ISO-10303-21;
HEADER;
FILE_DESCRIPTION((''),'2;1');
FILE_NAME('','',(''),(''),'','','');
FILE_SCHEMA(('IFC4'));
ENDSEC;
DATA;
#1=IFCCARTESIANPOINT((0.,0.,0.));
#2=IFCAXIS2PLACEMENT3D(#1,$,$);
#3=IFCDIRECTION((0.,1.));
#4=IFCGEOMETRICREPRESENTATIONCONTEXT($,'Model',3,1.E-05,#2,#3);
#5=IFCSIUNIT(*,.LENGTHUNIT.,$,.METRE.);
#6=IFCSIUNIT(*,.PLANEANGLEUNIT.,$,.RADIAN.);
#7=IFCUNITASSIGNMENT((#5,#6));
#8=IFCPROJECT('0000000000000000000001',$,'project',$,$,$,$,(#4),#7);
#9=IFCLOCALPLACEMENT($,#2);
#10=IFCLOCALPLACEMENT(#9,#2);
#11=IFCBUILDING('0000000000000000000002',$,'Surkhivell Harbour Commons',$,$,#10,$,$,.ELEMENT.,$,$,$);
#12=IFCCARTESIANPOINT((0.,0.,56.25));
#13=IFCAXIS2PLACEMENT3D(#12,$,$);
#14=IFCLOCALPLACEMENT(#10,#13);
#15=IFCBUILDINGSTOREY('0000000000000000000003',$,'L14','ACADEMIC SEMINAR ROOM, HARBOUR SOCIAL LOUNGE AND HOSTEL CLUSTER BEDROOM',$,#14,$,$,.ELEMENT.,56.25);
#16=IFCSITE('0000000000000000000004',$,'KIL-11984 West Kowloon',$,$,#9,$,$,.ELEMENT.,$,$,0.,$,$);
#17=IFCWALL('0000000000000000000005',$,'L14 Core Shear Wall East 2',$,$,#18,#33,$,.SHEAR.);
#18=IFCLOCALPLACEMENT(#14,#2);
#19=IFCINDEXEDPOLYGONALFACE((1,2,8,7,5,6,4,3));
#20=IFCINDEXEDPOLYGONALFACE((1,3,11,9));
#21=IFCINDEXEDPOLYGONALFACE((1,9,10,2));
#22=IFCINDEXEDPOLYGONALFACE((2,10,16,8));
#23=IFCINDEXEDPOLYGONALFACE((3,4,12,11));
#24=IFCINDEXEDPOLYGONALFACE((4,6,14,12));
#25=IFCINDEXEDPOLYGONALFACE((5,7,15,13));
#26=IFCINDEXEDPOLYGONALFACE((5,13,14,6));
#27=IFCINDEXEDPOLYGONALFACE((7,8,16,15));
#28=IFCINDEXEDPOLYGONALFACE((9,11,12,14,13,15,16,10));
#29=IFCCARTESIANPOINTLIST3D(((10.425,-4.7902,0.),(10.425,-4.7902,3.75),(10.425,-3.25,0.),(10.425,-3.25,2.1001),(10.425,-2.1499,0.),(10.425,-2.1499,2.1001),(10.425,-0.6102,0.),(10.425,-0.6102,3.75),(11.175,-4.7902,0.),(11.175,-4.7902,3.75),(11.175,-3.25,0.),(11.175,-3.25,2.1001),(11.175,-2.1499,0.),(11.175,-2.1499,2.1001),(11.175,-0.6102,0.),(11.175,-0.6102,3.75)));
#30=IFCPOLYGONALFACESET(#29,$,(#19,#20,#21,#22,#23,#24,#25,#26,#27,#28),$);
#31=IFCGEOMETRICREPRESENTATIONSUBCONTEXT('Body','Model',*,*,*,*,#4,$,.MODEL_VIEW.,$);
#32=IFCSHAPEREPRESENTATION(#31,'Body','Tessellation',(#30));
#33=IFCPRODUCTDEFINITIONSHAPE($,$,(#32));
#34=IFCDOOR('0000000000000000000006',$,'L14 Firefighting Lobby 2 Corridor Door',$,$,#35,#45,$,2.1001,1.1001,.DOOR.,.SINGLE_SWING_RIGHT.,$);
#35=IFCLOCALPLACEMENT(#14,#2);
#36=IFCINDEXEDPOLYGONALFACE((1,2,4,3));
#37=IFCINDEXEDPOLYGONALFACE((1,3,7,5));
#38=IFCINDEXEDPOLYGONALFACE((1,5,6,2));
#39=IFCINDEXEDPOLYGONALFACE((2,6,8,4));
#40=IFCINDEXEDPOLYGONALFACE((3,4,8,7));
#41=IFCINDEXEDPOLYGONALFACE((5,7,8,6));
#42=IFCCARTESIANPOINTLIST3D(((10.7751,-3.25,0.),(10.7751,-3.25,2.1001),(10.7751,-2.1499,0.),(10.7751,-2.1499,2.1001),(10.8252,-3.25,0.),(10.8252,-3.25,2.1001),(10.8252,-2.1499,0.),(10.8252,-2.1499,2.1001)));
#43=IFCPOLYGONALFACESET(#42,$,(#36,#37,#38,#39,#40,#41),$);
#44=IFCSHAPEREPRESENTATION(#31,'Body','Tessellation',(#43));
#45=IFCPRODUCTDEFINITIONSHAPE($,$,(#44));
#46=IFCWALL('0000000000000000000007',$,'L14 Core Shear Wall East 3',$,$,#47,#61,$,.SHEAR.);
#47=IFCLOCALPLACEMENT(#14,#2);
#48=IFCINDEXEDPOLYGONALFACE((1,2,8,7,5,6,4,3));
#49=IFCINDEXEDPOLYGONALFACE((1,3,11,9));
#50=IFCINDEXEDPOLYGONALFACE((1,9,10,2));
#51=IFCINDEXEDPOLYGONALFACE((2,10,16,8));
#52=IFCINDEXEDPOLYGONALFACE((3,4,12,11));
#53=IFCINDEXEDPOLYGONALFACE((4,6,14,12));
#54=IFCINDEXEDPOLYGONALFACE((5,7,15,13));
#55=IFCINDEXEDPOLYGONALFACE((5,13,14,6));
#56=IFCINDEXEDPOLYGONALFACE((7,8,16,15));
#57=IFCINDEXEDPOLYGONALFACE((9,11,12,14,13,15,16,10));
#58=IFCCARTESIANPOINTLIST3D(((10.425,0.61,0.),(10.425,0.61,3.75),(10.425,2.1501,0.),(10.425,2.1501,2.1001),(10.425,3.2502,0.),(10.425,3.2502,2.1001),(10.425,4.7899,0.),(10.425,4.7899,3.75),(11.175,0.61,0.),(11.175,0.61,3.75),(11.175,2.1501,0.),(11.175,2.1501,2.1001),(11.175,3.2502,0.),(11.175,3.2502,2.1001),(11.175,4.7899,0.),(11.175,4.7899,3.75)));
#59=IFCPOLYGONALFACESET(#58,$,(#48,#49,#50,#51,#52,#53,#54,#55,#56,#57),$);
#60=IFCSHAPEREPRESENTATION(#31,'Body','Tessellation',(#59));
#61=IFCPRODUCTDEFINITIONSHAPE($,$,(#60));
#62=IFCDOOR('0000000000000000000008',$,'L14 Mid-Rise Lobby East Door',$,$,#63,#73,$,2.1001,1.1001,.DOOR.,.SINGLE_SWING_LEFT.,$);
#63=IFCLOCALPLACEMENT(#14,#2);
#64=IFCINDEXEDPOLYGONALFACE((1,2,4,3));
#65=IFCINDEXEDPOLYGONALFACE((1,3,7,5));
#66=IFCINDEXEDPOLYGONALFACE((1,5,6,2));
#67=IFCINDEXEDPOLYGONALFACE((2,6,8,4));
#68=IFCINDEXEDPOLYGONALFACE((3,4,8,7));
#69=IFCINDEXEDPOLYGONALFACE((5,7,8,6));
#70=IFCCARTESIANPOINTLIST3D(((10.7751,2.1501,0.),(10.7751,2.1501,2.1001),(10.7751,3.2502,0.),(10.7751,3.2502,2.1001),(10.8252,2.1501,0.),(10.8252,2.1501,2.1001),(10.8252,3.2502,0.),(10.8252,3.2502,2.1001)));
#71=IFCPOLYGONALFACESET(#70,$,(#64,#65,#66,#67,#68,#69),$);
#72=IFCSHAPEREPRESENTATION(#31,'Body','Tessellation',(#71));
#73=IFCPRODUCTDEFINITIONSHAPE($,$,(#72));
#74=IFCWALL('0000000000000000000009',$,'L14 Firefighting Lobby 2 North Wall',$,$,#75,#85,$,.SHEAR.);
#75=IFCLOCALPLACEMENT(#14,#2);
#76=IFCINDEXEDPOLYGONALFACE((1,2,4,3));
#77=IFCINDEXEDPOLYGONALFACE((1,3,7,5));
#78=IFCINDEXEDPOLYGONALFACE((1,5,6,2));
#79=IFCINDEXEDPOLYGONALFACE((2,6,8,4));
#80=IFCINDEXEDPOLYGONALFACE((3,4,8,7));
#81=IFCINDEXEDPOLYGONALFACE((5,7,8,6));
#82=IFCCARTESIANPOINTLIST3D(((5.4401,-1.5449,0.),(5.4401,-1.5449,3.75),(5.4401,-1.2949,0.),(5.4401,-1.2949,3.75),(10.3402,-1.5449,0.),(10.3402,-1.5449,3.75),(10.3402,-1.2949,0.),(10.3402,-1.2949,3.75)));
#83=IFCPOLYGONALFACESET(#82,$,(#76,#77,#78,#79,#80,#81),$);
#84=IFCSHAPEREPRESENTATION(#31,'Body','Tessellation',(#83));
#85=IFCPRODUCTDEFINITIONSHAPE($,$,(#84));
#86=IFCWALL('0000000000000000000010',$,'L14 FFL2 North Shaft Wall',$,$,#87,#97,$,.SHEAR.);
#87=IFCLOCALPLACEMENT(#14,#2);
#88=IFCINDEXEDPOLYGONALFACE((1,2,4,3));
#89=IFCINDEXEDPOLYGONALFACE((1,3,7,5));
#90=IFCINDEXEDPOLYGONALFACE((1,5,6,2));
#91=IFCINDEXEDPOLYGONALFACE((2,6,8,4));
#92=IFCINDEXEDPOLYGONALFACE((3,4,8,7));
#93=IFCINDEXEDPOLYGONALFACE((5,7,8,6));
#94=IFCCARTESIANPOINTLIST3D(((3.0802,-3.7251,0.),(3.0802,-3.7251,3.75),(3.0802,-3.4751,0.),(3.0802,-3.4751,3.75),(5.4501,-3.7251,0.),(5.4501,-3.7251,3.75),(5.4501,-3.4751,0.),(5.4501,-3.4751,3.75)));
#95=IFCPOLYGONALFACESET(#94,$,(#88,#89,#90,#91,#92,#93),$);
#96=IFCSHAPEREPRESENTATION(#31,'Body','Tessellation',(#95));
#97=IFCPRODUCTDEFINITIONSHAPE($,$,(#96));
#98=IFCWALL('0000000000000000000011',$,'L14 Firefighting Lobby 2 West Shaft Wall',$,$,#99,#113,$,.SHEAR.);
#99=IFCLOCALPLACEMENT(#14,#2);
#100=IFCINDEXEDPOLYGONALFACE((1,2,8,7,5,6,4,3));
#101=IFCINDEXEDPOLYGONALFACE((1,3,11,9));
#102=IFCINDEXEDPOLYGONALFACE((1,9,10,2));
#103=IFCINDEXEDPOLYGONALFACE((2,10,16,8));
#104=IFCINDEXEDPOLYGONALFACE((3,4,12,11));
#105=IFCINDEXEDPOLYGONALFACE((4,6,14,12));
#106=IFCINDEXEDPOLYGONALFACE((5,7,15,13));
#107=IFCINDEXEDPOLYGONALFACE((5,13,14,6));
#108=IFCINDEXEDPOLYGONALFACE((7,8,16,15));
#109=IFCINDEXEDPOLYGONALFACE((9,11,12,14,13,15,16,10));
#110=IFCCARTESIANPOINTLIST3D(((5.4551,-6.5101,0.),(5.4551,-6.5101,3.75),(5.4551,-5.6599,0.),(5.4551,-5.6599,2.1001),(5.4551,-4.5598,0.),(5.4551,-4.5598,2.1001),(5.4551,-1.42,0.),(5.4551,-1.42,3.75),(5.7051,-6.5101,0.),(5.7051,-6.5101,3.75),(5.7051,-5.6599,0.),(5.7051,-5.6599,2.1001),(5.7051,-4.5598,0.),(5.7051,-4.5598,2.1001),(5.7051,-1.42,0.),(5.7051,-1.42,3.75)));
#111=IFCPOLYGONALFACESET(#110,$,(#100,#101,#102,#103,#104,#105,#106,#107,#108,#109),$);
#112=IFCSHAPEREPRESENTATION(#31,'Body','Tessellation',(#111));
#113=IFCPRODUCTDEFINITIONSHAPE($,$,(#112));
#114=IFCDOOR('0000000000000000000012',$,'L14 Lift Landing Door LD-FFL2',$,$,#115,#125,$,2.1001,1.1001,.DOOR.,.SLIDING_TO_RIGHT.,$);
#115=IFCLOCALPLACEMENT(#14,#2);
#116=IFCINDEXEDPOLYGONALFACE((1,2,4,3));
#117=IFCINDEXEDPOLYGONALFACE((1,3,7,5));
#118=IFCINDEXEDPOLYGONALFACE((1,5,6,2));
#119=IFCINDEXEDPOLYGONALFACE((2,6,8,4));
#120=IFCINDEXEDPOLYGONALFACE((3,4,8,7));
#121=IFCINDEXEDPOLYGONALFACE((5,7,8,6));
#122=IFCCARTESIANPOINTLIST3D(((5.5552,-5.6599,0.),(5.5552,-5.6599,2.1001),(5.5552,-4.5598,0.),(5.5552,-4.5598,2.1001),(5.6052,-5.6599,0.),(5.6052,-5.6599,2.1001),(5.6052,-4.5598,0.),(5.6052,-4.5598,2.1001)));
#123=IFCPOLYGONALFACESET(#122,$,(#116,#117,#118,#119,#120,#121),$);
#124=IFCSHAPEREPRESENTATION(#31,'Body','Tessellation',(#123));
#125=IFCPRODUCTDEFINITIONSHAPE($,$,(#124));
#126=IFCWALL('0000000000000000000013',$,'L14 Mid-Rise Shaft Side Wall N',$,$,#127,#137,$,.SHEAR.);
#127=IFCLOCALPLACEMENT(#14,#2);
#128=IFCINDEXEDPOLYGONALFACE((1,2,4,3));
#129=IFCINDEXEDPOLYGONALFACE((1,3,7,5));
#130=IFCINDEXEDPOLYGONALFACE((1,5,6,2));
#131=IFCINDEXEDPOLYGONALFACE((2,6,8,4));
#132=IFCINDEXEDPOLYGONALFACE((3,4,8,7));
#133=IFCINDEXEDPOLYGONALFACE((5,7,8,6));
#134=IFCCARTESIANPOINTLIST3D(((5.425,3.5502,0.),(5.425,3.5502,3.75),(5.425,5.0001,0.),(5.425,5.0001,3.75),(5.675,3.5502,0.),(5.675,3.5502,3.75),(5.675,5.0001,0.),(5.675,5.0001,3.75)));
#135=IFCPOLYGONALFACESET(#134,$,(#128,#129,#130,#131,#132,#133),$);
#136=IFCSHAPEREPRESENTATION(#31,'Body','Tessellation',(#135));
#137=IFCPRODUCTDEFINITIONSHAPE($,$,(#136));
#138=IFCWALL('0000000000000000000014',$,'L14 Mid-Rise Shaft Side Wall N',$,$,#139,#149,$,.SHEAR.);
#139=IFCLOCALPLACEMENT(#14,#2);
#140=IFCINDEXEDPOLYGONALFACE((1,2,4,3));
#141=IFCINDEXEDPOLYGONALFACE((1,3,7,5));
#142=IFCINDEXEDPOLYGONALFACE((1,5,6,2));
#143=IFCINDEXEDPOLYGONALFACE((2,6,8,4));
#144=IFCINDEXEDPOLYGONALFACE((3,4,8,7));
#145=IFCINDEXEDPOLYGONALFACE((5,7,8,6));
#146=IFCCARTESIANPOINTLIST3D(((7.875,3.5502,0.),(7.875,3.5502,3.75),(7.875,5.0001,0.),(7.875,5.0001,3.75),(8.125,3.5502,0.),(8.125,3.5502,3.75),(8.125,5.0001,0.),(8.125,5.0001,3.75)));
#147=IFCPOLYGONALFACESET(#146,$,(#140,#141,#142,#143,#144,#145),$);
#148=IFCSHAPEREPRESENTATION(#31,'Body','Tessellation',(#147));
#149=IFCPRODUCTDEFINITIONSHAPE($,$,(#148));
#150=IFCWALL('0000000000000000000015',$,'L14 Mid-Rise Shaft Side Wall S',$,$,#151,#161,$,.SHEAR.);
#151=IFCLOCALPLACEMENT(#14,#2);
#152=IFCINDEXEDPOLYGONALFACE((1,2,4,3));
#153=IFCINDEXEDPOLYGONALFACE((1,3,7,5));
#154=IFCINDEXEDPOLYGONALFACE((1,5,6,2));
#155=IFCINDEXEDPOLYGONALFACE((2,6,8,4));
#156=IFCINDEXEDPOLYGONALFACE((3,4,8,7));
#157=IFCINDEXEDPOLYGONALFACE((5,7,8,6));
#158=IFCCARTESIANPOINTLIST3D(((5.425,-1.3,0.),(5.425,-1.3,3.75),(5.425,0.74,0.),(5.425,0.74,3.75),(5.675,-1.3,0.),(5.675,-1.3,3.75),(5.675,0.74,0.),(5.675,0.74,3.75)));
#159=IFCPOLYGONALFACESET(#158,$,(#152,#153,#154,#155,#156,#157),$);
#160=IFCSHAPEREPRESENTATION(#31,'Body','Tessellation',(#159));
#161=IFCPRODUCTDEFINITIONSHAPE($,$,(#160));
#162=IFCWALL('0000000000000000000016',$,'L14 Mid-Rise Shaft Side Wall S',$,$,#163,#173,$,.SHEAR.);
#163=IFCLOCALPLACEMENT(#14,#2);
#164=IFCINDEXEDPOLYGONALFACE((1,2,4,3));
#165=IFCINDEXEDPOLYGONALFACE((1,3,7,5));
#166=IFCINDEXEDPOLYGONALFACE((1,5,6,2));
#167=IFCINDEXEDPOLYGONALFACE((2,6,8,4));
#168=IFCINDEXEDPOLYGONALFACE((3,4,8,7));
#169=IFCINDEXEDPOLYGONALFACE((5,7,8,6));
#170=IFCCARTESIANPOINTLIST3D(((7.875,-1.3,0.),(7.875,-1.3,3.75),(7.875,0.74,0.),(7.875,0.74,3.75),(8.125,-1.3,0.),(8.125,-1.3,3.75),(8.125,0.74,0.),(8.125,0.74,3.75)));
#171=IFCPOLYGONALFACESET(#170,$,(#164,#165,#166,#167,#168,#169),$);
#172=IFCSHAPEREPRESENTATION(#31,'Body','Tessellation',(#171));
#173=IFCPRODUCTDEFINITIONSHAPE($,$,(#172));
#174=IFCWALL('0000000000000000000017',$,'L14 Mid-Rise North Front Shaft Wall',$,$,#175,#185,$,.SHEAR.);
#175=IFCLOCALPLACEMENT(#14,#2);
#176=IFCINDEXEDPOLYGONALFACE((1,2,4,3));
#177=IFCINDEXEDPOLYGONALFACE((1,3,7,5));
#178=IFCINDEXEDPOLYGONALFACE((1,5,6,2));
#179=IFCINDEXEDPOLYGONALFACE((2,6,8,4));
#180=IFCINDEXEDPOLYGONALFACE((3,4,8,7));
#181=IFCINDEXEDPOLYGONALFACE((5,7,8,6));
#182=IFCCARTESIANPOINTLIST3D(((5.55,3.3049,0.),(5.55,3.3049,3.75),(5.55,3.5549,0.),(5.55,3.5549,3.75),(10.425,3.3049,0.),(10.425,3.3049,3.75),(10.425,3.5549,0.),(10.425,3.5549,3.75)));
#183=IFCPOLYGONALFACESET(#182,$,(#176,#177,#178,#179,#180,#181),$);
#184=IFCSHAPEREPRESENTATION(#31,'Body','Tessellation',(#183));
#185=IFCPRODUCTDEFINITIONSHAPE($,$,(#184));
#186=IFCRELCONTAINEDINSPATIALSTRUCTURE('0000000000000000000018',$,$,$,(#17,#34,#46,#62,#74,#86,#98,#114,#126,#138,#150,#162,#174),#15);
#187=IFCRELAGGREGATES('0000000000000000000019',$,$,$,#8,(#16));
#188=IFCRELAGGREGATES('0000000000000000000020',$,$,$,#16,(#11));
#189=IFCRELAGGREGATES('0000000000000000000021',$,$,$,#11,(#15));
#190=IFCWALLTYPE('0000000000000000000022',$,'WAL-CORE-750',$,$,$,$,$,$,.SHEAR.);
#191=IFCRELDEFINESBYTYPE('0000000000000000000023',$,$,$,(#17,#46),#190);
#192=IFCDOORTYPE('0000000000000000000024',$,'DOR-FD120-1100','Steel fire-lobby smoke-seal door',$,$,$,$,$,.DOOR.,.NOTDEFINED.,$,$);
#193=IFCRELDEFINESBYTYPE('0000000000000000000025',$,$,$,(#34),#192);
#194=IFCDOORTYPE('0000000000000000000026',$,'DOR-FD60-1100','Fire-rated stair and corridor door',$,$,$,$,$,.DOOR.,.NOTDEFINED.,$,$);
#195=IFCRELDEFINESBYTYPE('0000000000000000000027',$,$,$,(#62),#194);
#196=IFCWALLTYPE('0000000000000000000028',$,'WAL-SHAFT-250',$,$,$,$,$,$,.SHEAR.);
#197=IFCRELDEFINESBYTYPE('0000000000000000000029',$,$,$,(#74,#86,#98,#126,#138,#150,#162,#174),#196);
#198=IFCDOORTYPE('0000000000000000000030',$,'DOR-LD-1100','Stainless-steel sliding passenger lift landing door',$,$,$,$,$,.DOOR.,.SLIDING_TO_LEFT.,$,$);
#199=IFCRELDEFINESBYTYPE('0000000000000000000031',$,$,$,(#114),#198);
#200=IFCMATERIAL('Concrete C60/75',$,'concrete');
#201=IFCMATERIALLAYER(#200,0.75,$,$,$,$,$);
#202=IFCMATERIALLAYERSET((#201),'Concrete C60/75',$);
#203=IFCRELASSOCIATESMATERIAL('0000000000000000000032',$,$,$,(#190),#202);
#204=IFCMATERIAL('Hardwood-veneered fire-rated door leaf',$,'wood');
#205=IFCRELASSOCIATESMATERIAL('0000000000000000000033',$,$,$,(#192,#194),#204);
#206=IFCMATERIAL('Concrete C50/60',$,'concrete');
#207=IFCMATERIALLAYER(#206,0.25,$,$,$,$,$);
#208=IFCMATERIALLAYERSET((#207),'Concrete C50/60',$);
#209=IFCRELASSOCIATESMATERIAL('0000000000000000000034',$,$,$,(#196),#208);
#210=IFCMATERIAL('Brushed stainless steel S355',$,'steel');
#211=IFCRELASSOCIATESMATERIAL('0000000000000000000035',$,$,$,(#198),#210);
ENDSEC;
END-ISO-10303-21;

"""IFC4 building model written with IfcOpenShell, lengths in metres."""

from ifc_helpers import new_model, si_unit, direction, frame, frame_2d, origin, place, context, subcontext, project, spatial, rectangle, extrude, material, layer, layer_set, type_object, element, fill, save


model = new_model("IFC4")

# Units and contexts
model_context = context("Model", 3, precision=1e-05, world=origin(), true_north=direction((0.0, 1.0)))
body_context = subcontext(model_context, "Body", "Model", "MODEL_VIEW")
ifc_project = project(units=[si_unit("LENGTHUNIT", "METRE"), si_unit("PLANEANGLEUNIT", "RADIAN")], contexts=[model_context])

# Site, building, storey
site_placement = place(None, origin())
site = spatial("IfcSite", under=ifc_project, at=site_placement, Name="KIL-11984 West Kowloon", CompositionType="ELEMENT", RefElevation=0.0)
building_placement = place(site_placement, origin())
building = spatial("IfcBuilding", under=site, at=building_placement, Name="Surkhivell Harbour Commons", CompositionType="ELEMENT")
storey_placement = place(building_placement, frame((0.0, 0.0, 56.25)))
storey = spatial("IfcBuildingStorey", under=building, at=storey_placement, Name="L14", Description="ACADEMIC SEMINAR ROOM, HARBOUR SOCIAL LOUNGE AND HOSTEL CLUSTER BEDROOM", CompositionType="ELEMENT", Elevation=56.25)

# Walls, openings, doors
ifc_material_1 = material(Name="Concrete C60/75", Category="concrete")
ifc_layer_1 = layer(ifc_material_1, 0.75)
ifc_layer_set_1 = layer_set([ifc_layer_1], Name="Concrete C60/75")
wall_type_1 = type_object("IfcWallType", Name="WAL-CORE-750", PredefinedType="SHEAR", material=ifc_layer_set_1)
wall_1_placement = place(storey_placement, frame((10.8, -4.79, 0.0), z_axis=(0.0, 0.0, 1.0), x_axis=(0.0, 1.0, 0.0)))
wall_1 = element("IfcWall", 1, at=wall_1_placement, inside=storey, type_object=wall_type_1, Name="L14 Core Shear Wall East 2", PredefinedType="SHEAR", context=body_context, shape_type="SweptSolid", body=[
    extrude(rectangle(XDim=4.1799, YDim=0.75, at=frame_2d((2.0898, 0.0))), origin(), (0.0, 0.0, 1.0), 3.75),
])
opening_1_placement = place(wall_1_placement, frame((1.54, 0.0, 0.0)))
opening_1 = element("IfcOpeningElement", 2, at=opening_1_placement, cuts=wall_1, PredefinedType="OPENING", context=body_context, shape_type="SweptSolid", body=[
    extrude(rectangle(XDim=1.1001, YDim=2.1001, at=frame_2d((0.55, 1.05))), frame((0.0, 0.385, 0.0), z_axis=(0.0, -1.0, 0.0), x_axis=(1.0, 0.0, 0.0)), (0.0, 0.0, 1.0), 0.77),
])
ifc_material_2 = material(Name="Hardwood-veneered fire-rated door leaf", Category="wood")
door_type_1 = type_object("IfcDoorType", Name="DOR-FD120-1100", Description="Steel fire-lobby smoke-seal door", OperationType="NOTDEFINED", PredefinedType="DOOR", material=ifc_material_2)
door_1_placement = place(opening_1_placement, origin())
door_1 = element("IfcDoor", 3, at=door_1_placement, inside=storey, type_object=door_type_1, Name="L14 Firefighting Lobby 2 Corridor Door", OperationType="SINGLE_SWING_RIGHT", OverallHeight=2.1001, OverallWidth=1.1001, PredefinedType="DOOR", context=body_context, shape_type="SweptSolid", body=[
    extrude(rectangle(XDim=1.1001, YDim=2.1001, at=frame_2d((0.55, 1.05))), frame((0.0, 0.0249, 0.0), z_axis=(0.0, -1.0, 0.0), x_axis=(1.0, 0.0, 0.0)), (0.0, 0.0, 1.0), 0.05),
])
fill(opening_1, door_1)
wall_2_placement = place(storey_placement, frame((10.8, 0.6101, 0.0), z_axis=(0.0, 0.0, 1.0), x_axis=(0.0, 1.0, 0.0)))
wall_2 = element("IfcWall", 4, at=wall_2_placement, inside=storey, type_object=wall_type_1, Name="L14 Core Shear Wall East 3", PredefinedType="SHEAR", context=body_context, shape_type="SweptSolid", body=[
    extrude(rectangle(XDim=4.1799, YDim=0.75, at=frame_2d((2.0898, 0.0))), origin(), (0.0, 0.0, 1.0), 3.75),
])
opening_2_placement = place(wall_2_placement, frame((1.54, 0.0, 0.0)))
opening_2 = element("IfcOpeningElement", 5, at=opening_2_placement, cuts=wall_2, PredefinedType="OPENING", context=body_context, shape_type="SweptSolid", body=[
    extrude(rectangle(XDim=1.1001, YDim=2.1001, at=frame_2d((0.55, 1.05))), frame((0.0, 0.385, 0.0), z_axis=(0.0, -1.0, 0.0), x_axis=(1.0, 0.0, 0.0)), (0.0, 0.0, 1.0), 0.77),
])
door_type_2 = type_object("IfcDoorType", Name="DOR-FD60-1100", Description="Fire-rated stair and corridor door", OperationType="NOTDEFINED", PredefinedType="DOOR", material=ifc_material_2)
door_2_placement = place(opening_2_placement, origin())
door_2 = element("IfcDoor", 6, at=door_2_placement, inside=storey, type_object=door_type_2, Name="L14 Mid-Rise Lobby East Door", OperationType="SINGLE_SWING_LEFT", OverallHeight=2.1001, OverallWidth=1.1001, PredefinedType="DOOR", context=body_context, shape_type="SweptSolid", body=[
    extrude(rectangle(XDim=1.1001, YDim=2.1001, at=frame_2d((0.55, 1.05))), frame((0.0, 0.0249, 0.0), z_axis=(0.0, -1.0, 0.0), x_axis=(1.0, 0.0, 0.0)), (0.0, 0.0, 1.0), 0.05),
])
fill(opening_2, door_2)

# Walls
ifc_material_3 = material(Name="Concrete C50/60", Category="concrete")
ifc_layer_2 = layer(ifc_material_3, 0.25)
ifc_layer_set_2 = layer_set([ifc_layer_2], Name="Concrete C50/60")
wall_type_2 = type_object("IfcWallType", Name="WAL-SHAFT-250", PredefinedType="SHEAR", material=ifc_layer_set_2)
wall_3_placement = place(storey_placement, frame((5.4399, -1.4199, 0.0), z_axis=(0.0, 0.0, 1.0), x_axis=(1.0, 0.0, 0.0)))
element("IfcWall", 7, at=wall_3_placement, inside=storey, type_object=wall_type_2, Name="L14 Firefighting Lobby 2 North Wall", PredefinedType="SHEAR", context=body_context, shape_type="SweptSolid", body=[
    extrude(rectangle(XDim=4.9001, YDim=0.25, at=frame_2d((2.4502, 0.0))), origin(), (0.0, 0.0, 1.0), 3.75),
])
wall_4_placement = place(storey_placement, frame((3.0801, -3.6001, 0.0), z_axis=(0.0, 0.0, 1.0), x_axis=(1.0, 0.0, 0.0)))
element("IfcWall", 8, at=wall_4_placement, inside=storey, type_object=wall_type_2, Name="L14 FFL2 North Shaft Wall", PredefinedType="SHEAR", context=body_context, shape_type="SweptSolid", body=[
    extrude(rectangle(XDim=2.3699, YDim=0.25, at=frame_2d((1.1851, 0.0))), origin(), (0.0, 0.0, 1.0), 3.75),
])

# Wall, opening, door
wall_5_placement = place(storey_placement, frame((5.5801, -6.51, 0.0), z_axis=(0.0, 0.0, 1.0), x_axis=(0.0, 1.0, 0.0)))
wall_5 = element("IfcWall", 9, at=wall_5_placement, inside=storey, type_object=wall_type_2, Name="L14 Firefighting Lobby 2 West Shaft Wall", PredefinedType="SHEAR", context=body_context, shape_type="SweptSolid", body=[
    extrude(rectangle(XDim=5.0901, YDim=0.25, at=frame_2d((2.5449, 0.0))), origin(), (0.0, 0.0, 1.0), 3.75),
])
opening_3_placement = place(wall_5_placement, frame((0.8501, 0.0, 0.0)))
opening_3 = element("IfcOpeningElement", 10, at=opening_3_placement, cuts=wall_5, PredefinedType="OPENING", context=body_context, shape_type="SweptSolid", body=[
    extrude(rectangle(XDim=1.1001, YDim=2.1001, at=frame_2d((0.55, 1.05))), frame((0.0, 0.135, 0.0), z_axis=(0.0, -1.0, 0.0), x_axis=(1.0, 0.0, 0.0)), (0.0, 0.0, 1.0), 0.27),
])
ifc_material_4 = material(Name="Brushed stainless steel S355", Category="steel")
door_type_3 = type_object("IfcDoorType", Name="DOR-LD-1100", Description="Stainless-steel sliding passenger lift landing door", OperationType="SLIDING_TO_LEFT", PredefinedType="DOOR", material=ifc_material_4)
door_3_placement = place(opening_3_placement, origin())
door_3 = element("IfcDoor", 11, at=door_3_placement, inside=storey, type_object=door_type_3, Name="L14 Lift Landing Door LD-FFL2", OperationType="SLIDING_TO_RIGHT", OverallHeight=2.1001, OverallWidth=1.1001, PredefinedType="DOOR", context=body_context, shape_type="SweptSolid", body=[
    extrude(rectangle(XDim=1.1001, YDim=2.1001, at=frame_2d((0.55, 1.05))), frame((0.0, 0.0249, 0.0), z_axis=(0.0, -1.0, 0.0), x_axis=(1.0, 0.0, 0.0)), (0.0, 0.0, 1.0), 0.05),
])
fill(opening_3, door_3)

# Walls
for number, where, z_axis, x_axis, name in (
    (12, (5.55, 3.55, 0.0), (0.0, 0.0, 1.0), (0.0, 1.0, 0.0), "L14 Mid-Rise Shaft Side Wall N"),
    (13, (8.0, 3.55, 0.0), (0.0, 0.0, 1.0), (0.0, 1.0, 0.0), "L14 Mid-Rise Shaft Side Wall N"),
):
    element("IfcWall", number, at=place(storey_placement, frame(where, z_axis=z_axis, x_axis=x_axis)), inside=storey, type_object=wall_type_2, Name=name, PredefinedType="SHEAR", context=body_context, shape_type="SweptSolid", body=[
        extrude(rectangle(XDim=1.45, YDim=0.25, at=frame_2d((0.7251, 0.0))), origin(), (0.0, 0.0, 1.0), 3.75),
    ])
for number, where, z_axis, x_axis, name in (
    (14, (5.55, -1.3, 0.0), (0.0, 0.0, 1.0), (0.0, 1.0, 0.0), "L14 Mid-Rise Shaft Side Wall S"),
    (15, (8.0, -1.3, 0.0), (0.0, 0.0, 1.0), (0.0, 1.0, 0.0), "L14 Mid-Rise Shaft Side Wall S"),
):
    element("IfcWall", number, at=place(storey_placement, frame(where, z_axis=z_axis, x_axis=x_axis)), inside=storey, type_object=wall_type_2, Name=name, PredefinedType="SHEAR", context=body_context, shape_type="SweptSolid", body=[
        extrude(rectangle(XDim=2.04, YDim=0.25, at=frame_2d((1.02, 0.0))), origin(), (0.0, 0.0, 1.0), 3.75),
    ])
for number, where, z_axis, x_axis, name in (
    (16, (5.55, 3.4299, 0.0), (0.0, 0.0, 1.0), (1.0, 0.0, 0.0), "L14 Mid-Rise North Front Shaft Wall"),
):
    element("IfcWall", number, at=place(storey_placement, frame(where, z_axis=z_axis, x_axis=x_axis)), inside=storey, type_object=wall_type_2, Name=name, PredefinedType="SHEAR", context=body_context, shape_type="SweptSolid", body=[
        extrude(rectangle(XDim=4.875, YDim=0.25, at=frame_2d((2.4375, 0.0))), origin(), (0.0, 0.0, 1.0), 3.75),
    ])

save(model, "model.ifc")
